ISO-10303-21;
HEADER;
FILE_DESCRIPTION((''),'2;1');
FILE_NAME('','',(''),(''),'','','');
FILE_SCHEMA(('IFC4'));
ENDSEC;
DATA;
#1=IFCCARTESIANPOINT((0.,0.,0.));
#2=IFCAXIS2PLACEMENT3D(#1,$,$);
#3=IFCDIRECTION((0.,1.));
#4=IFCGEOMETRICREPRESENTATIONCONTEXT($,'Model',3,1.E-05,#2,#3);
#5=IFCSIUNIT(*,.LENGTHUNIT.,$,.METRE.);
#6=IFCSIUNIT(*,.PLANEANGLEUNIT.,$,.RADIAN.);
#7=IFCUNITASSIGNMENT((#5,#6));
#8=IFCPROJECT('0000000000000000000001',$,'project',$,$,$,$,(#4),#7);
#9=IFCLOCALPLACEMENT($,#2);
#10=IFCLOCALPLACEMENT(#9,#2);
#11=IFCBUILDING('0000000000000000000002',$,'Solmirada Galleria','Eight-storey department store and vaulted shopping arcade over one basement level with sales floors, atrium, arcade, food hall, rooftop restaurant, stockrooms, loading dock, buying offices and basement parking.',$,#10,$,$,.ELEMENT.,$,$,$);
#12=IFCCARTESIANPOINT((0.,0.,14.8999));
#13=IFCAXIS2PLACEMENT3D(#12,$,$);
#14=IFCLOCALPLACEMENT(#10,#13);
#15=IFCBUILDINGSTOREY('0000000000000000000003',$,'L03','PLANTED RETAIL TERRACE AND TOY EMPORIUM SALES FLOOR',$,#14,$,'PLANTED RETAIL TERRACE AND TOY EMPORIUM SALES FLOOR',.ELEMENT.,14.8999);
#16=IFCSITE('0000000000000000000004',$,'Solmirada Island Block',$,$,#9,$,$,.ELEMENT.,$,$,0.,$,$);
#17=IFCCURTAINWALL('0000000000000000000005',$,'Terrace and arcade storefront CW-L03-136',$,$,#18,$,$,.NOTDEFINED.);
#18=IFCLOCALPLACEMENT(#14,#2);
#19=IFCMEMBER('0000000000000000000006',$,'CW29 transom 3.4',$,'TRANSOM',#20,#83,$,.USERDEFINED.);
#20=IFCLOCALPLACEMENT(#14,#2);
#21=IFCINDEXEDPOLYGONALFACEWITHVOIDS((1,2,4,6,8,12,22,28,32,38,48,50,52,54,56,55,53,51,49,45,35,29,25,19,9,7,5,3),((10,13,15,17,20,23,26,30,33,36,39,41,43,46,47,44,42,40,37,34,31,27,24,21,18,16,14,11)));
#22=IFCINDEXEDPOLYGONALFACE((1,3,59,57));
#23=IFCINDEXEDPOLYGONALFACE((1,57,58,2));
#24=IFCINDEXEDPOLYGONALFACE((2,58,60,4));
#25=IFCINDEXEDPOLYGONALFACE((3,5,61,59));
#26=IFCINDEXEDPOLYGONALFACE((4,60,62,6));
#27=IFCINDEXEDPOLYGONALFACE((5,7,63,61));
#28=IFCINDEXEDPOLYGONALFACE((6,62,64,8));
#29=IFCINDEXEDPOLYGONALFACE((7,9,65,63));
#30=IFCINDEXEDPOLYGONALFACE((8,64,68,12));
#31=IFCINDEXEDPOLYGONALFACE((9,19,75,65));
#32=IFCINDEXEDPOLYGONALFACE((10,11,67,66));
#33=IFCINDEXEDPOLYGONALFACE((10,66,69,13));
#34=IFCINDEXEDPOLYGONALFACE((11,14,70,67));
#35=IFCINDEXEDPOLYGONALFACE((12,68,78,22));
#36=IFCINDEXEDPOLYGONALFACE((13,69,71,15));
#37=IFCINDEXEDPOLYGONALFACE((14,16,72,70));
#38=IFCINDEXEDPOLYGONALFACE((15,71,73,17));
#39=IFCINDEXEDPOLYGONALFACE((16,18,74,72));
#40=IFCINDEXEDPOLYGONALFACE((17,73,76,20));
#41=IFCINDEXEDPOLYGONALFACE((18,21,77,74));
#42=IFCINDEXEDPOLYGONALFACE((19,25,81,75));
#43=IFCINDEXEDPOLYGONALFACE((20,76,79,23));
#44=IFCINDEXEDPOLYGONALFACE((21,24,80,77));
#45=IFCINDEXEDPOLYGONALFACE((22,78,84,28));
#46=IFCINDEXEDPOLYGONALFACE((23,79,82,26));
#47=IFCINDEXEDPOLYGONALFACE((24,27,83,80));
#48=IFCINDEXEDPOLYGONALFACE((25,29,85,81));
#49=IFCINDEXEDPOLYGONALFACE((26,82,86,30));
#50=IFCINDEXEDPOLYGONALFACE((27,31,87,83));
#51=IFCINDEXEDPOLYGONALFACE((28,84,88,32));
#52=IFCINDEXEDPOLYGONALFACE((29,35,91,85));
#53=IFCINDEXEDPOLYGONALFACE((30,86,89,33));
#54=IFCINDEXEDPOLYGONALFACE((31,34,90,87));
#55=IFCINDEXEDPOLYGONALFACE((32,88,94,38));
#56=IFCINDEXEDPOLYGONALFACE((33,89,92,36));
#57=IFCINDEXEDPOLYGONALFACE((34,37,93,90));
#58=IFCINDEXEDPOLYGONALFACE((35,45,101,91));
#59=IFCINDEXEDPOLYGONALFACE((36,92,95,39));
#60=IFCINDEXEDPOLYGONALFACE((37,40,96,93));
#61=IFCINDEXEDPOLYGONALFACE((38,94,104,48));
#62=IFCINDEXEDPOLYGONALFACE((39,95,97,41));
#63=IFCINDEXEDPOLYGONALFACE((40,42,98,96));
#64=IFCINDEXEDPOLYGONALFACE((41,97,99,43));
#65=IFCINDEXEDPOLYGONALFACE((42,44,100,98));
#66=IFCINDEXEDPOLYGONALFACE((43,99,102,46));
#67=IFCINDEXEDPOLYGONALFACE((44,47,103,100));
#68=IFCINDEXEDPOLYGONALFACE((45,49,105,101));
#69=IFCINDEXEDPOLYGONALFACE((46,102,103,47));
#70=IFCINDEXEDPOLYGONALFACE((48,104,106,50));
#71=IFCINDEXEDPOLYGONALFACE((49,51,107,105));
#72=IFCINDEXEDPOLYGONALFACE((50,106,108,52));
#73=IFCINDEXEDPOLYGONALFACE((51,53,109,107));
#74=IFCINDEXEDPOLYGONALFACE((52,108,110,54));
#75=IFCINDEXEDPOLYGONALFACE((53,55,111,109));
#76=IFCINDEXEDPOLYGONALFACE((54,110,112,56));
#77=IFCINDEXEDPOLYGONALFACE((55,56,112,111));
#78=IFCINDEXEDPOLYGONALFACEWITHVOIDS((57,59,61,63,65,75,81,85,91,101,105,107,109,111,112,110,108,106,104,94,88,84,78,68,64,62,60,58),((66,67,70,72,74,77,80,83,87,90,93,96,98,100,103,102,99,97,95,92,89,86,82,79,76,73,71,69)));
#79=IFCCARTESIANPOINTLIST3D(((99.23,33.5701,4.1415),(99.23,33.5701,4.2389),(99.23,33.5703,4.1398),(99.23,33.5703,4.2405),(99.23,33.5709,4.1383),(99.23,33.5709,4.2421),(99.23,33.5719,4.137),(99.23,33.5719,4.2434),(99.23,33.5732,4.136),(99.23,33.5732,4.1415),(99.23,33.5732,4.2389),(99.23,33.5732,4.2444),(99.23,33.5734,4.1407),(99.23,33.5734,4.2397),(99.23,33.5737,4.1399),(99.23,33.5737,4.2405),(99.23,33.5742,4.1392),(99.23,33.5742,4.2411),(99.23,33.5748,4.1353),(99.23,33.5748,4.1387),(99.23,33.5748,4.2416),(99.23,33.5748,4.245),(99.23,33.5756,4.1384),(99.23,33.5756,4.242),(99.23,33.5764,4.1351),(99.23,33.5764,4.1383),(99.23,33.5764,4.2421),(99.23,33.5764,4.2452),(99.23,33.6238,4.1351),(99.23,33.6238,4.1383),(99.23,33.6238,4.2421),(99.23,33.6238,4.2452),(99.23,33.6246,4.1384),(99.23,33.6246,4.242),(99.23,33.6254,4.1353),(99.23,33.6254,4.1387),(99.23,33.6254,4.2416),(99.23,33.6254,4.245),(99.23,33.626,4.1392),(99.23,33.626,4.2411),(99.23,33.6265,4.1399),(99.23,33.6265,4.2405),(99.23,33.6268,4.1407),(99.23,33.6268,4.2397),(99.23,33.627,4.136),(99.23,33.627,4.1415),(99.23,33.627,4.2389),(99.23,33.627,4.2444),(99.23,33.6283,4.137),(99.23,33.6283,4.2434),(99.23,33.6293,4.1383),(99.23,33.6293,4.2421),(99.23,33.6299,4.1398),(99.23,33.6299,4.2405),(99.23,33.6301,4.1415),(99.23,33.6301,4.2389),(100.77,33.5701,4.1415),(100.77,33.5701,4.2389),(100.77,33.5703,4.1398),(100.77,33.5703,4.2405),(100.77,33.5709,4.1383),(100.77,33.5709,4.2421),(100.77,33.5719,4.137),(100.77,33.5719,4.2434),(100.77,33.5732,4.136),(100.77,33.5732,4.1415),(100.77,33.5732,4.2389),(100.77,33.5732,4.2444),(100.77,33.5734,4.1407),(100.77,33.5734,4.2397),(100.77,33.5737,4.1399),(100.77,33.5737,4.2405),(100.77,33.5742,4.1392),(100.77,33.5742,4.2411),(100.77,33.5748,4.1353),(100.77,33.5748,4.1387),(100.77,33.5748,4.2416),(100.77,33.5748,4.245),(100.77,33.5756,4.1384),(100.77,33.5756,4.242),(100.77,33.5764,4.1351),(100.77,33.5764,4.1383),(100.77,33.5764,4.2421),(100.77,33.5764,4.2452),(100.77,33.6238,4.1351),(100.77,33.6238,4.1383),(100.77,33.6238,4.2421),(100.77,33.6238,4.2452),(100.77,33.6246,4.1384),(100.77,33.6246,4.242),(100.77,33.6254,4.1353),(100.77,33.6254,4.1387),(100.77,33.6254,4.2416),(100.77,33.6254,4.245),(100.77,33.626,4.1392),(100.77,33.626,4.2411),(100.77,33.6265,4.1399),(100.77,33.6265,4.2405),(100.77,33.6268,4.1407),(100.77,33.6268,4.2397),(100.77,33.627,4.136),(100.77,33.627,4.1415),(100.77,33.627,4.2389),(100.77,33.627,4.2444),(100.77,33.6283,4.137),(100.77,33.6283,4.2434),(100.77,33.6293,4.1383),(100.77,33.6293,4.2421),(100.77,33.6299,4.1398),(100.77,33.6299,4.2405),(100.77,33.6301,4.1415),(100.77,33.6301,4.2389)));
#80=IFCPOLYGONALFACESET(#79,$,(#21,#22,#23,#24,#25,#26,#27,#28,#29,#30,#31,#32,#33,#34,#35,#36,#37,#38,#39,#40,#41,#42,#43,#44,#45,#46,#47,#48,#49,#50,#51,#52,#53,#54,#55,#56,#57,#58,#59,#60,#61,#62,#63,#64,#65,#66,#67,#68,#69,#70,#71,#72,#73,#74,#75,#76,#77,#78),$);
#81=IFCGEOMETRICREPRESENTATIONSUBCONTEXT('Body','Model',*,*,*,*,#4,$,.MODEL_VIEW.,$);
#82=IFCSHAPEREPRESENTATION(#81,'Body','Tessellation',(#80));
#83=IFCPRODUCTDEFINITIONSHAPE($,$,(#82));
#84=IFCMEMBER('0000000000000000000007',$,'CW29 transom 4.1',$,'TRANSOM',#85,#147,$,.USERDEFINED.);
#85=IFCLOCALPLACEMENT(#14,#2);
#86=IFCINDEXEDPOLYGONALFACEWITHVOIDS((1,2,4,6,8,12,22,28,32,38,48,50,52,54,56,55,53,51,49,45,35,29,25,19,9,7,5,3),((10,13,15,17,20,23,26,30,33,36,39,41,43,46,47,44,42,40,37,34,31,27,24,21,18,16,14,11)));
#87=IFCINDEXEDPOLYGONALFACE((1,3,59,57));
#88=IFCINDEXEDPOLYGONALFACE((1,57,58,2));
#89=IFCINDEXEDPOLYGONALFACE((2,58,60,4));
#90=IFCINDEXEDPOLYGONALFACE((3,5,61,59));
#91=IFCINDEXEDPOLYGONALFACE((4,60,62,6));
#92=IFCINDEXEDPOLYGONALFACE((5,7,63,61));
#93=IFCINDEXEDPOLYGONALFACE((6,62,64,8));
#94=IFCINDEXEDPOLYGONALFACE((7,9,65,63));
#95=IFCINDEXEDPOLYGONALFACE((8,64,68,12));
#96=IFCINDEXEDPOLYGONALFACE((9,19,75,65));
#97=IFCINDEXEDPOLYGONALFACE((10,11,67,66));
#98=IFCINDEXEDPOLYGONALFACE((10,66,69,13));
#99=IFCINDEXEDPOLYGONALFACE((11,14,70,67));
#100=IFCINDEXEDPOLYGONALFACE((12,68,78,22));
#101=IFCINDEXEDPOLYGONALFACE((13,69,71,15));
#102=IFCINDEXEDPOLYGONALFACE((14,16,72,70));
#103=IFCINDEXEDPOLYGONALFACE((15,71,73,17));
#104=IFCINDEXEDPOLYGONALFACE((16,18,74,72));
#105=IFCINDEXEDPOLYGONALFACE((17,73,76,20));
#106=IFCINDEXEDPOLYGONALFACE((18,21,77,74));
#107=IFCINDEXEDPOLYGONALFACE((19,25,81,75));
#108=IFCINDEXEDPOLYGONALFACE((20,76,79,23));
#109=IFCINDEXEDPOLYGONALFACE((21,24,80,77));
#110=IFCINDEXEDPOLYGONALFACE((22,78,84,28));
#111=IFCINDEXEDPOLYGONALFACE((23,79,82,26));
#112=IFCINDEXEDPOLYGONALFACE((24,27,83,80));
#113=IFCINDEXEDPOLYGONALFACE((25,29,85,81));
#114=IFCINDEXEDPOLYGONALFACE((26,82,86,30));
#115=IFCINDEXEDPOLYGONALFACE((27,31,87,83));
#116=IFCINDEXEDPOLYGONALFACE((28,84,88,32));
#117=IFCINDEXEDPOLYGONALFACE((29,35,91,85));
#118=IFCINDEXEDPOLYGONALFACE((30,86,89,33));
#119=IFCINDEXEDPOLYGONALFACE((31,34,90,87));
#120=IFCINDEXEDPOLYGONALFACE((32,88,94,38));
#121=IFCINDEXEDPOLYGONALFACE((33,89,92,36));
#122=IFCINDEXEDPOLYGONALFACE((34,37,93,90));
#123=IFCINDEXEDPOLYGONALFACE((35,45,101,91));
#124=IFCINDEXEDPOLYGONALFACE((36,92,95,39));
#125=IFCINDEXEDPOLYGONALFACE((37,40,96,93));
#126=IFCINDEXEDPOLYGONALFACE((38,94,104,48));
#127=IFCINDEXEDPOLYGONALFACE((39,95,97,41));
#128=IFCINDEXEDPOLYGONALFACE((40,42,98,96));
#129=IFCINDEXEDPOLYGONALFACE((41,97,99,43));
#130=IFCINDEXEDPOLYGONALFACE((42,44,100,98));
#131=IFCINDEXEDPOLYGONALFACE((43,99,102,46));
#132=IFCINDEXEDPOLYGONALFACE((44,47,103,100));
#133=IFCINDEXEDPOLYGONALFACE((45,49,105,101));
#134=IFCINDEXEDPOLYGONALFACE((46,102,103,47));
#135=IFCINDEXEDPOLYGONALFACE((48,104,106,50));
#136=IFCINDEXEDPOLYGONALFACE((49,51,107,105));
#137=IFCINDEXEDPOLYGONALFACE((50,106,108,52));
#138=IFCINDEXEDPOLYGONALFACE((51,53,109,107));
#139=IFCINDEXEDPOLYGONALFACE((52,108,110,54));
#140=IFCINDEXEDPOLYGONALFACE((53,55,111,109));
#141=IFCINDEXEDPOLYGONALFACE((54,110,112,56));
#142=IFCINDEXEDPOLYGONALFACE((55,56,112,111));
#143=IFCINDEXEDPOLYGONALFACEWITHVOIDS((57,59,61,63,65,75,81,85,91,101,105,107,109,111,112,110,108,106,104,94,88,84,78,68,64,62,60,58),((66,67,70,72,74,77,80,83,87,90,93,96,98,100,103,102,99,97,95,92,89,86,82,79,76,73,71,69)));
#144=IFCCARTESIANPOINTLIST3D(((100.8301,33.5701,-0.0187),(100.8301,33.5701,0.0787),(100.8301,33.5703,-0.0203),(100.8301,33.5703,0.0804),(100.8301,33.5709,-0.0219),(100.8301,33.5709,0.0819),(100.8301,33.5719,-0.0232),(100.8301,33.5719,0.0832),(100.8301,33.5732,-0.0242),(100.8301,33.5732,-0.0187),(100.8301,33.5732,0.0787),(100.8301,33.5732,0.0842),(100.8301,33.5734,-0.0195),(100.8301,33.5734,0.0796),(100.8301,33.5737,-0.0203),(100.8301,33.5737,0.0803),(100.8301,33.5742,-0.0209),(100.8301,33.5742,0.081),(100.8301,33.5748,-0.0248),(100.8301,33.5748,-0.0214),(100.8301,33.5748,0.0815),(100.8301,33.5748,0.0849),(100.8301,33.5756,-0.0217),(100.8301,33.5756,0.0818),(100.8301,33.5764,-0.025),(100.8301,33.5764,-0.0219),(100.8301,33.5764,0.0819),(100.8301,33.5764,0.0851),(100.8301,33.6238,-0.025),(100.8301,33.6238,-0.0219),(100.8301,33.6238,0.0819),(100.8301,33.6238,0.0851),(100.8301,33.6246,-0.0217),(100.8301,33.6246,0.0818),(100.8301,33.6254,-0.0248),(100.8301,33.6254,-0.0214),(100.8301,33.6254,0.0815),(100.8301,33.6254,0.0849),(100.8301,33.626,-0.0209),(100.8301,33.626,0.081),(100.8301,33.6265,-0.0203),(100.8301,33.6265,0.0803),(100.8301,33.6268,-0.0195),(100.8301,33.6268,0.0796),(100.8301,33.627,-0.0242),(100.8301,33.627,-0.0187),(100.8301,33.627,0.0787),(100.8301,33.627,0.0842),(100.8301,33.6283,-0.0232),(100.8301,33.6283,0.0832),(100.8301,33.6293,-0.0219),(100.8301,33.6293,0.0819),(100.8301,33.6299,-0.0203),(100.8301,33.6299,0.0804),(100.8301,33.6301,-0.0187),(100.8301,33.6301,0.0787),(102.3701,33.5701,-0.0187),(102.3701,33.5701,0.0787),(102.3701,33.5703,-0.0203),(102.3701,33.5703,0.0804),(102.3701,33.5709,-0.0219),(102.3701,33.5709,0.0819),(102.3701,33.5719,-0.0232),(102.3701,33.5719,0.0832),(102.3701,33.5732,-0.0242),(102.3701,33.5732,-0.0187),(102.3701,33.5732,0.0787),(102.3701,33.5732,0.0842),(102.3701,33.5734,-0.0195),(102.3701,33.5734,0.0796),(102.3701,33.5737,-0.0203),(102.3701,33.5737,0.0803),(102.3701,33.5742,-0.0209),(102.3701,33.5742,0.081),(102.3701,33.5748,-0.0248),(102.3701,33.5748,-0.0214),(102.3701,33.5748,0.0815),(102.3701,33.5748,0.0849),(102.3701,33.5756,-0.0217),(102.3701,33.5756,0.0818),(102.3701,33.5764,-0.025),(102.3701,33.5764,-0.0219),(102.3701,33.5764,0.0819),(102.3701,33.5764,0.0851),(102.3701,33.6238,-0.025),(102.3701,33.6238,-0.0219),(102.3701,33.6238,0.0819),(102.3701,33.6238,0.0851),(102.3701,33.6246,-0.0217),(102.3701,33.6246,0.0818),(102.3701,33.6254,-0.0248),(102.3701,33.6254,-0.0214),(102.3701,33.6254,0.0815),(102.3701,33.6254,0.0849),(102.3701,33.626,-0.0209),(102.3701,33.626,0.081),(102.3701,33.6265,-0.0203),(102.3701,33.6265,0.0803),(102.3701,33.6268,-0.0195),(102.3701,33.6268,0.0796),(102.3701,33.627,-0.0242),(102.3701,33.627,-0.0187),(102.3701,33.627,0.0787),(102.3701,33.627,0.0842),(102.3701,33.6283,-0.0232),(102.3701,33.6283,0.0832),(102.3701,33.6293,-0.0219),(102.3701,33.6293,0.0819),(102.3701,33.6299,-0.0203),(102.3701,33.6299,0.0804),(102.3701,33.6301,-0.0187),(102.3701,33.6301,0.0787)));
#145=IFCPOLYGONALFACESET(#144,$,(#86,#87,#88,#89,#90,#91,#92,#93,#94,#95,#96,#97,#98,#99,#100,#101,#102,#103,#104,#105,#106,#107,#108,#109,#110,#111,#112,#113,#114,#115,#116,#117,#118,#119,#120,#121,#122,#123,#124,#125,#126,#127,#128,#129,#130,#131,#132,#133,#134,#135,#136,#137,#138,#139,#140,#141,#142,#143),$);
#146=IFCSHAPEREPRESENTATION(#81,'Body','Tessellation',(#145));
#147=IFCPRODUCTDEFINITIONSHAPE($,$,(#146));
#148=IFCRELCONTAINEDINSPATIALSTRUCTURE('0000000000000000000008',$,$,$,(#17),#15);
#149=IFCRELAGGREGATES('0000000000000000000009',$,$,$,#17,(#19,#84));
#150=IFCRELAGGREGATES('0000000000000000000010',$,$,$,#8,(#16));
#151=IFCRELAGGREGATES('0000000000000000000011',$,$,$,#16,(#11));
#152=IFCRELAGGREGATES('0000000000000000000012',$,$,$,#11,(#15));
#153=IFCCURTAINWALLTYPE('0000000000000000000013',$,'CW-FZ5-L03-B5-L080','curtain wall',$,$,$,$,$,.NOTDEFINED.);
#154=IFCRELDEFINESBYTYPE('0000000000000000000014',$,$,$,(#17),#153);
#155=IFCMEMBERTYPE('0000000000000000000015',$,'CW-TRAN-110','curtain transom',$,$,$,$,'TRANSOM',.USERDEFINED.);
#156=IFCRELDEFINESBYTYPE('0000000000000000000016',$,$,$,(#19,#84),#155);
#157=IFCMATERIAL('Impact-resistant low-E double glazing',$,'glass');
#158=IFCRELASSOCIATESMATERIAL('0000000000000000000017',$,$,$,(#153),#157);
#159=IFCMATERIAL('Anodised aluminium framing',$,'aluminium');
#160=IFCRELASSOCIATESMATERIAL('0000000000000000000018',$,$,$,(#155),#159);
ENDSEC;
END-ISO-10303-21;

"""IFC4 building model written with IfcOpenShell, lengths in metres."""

from ifc_helpers import new_model, si_unit, direction, frame, origin, origin_2d, place, context, subcontext, project, spatial, hollow_rectangle, extrude, material, material_profile, profile_set, type_object, element, aggregate, save


model = new_model("IFC4")

# Units and contexts
model_context = context("Model", 3, precision=1e-05, world=origin(), true_north=direction((0.0, 1.0)))
body_context = subcontext(model_context, "Body", "Model", "MODEL_VIEW")
ifc_project = project(units=[si_unit("LENGTHUNIT", "METRE"), si_unit("PLANEANGLEUNIT", "RADIAN")], contexts=[model_context])

# Site, building, storey
site_placement = place(None, origin())
site = spatial("IfcSite", under=ifc_project, at=site_placement, Name="Solmirada Island Block", CompositionType="ELEMENT", RefElevation=0.0)
building_placement = place(site_placement, origin())
building = spatial("IfcBuilding", under=site, at=building_placement, Name="Solmirada Galleria", Description="Eight-storey department store and vaulted shopping arcade over one basement level with sales floors, atrium, arcade, food hall, rooftop restaurant, stockrooms, loading dock, buying offices and basement parking.", CompositionType="ELEMENT")
storey_placement = place(building_placement, frame((0.0, 0.0, 14.8999)))
storey = spatial("IfcBuildingStorey", under=building, at=storey_placement, Name="L03", Description="PLANTED RETAIL TERRACE AND TOY EMPORIUM SALES FLOOR", LongName="PLANTED RETAIL TERRACE AND TOY EMPORIUM SALES FLOOR", CompositionType="ELEMENT", Elevation=14.8999)

# Curtain wall, members
ifc_material_1 = material(Name="Impact-resistant low-E double glazing", Category="glass")
curtain_wall_type = type_object("IfcCurtainWallType", Name="CW-FZ5-L03-B5-L080", Description="curtain wall", PredefinedType="NOTDEFINED", material=ifc_material_1)
curtain_wall_placement = place(storey_placement, origin())
curtain_wall = element("IfcCurtainWall", 1, at=curtain_wall_placement, inside=storey, type_object=curtain_wall_type, Name="Terrace and arcade storefront CW-L03-136", PredefinedType="NOTDEFINED")
ifc_material_2 = material(Name="Anodised aluminium framing", Category="aluminium")
ifc_material_profile_1 = material_profile(ifc_material_2, hollow_rectangle(XDim=0.0601, YDim=0.1101, WallThickness=0.0032, InnerFilletRadius=0.0032, OuterFilletRadius=0.0063, at=origin_2d()), Name="ALU-TRAN-110X60")
ifc_profile_set_1 = profile_set([ifc_material_profile_1], Name="Anodised aluminium framing")
member_type_1 = type_object("IfcMemberType", Name="CW-TRAN-110", Description="curtain transom", ElementType="TRANSOM", PredefinedType="USERDEFINED", material=ifc_profile_set_1)
member_1_placement = place(storey_placement, frame((99.23, 33.6001, 4.1902), z_axis=(1.0, 0.0, 0.0), x_axis=(0.0, 1.0, 0.0)))
member_1 = element("IfcMember", 2, at=member_1_placement, type_object=member_type_1, Name="CW29 transom 3.4", ObjectType="TRANSOM", PredefinedType="USERDEFINED", context=body_context, shape_type="SweptSolid", body=[
    extrude(hollow_rectangle(XDim=0.0601, YDim=0.1101, WallThickness=0.0032, InnerFilletRadius=0.0032, OuterFilletRadius=0.0063, at=origin_2d()), origin(), (0.0, 0.0, 1.0), 1.54),
])
member_2_placement = place(storey_placement, frame((100.8301, 33.6001, 0.03), z_axis=(1.0, 0.0, 0.0), x_axis=(0.0, 1.0, 0.0)))
member_2 = element("IfcMember", 3, at=member_2_placement, type_object=member_type_1, Name="CW29 transom 4.1", ObjectType="TRANSOM", PredefinedType="USERDEFINED", context=body_context, shape_type="SweptSolid", body=[
    extrude(hollow_rectangle(XDim=0.0601, YDim=0.1101, WallThickness=0.0032, InnerFilletRadius=0.0032, OuterFilletRadius=0.0063, at=origin_2d()), origin(), (0.0, 0.0, 1.0), 1.54),
])
aggregate(curtain_wall, [member_1, member_2])

save(model, "model.ifc")
